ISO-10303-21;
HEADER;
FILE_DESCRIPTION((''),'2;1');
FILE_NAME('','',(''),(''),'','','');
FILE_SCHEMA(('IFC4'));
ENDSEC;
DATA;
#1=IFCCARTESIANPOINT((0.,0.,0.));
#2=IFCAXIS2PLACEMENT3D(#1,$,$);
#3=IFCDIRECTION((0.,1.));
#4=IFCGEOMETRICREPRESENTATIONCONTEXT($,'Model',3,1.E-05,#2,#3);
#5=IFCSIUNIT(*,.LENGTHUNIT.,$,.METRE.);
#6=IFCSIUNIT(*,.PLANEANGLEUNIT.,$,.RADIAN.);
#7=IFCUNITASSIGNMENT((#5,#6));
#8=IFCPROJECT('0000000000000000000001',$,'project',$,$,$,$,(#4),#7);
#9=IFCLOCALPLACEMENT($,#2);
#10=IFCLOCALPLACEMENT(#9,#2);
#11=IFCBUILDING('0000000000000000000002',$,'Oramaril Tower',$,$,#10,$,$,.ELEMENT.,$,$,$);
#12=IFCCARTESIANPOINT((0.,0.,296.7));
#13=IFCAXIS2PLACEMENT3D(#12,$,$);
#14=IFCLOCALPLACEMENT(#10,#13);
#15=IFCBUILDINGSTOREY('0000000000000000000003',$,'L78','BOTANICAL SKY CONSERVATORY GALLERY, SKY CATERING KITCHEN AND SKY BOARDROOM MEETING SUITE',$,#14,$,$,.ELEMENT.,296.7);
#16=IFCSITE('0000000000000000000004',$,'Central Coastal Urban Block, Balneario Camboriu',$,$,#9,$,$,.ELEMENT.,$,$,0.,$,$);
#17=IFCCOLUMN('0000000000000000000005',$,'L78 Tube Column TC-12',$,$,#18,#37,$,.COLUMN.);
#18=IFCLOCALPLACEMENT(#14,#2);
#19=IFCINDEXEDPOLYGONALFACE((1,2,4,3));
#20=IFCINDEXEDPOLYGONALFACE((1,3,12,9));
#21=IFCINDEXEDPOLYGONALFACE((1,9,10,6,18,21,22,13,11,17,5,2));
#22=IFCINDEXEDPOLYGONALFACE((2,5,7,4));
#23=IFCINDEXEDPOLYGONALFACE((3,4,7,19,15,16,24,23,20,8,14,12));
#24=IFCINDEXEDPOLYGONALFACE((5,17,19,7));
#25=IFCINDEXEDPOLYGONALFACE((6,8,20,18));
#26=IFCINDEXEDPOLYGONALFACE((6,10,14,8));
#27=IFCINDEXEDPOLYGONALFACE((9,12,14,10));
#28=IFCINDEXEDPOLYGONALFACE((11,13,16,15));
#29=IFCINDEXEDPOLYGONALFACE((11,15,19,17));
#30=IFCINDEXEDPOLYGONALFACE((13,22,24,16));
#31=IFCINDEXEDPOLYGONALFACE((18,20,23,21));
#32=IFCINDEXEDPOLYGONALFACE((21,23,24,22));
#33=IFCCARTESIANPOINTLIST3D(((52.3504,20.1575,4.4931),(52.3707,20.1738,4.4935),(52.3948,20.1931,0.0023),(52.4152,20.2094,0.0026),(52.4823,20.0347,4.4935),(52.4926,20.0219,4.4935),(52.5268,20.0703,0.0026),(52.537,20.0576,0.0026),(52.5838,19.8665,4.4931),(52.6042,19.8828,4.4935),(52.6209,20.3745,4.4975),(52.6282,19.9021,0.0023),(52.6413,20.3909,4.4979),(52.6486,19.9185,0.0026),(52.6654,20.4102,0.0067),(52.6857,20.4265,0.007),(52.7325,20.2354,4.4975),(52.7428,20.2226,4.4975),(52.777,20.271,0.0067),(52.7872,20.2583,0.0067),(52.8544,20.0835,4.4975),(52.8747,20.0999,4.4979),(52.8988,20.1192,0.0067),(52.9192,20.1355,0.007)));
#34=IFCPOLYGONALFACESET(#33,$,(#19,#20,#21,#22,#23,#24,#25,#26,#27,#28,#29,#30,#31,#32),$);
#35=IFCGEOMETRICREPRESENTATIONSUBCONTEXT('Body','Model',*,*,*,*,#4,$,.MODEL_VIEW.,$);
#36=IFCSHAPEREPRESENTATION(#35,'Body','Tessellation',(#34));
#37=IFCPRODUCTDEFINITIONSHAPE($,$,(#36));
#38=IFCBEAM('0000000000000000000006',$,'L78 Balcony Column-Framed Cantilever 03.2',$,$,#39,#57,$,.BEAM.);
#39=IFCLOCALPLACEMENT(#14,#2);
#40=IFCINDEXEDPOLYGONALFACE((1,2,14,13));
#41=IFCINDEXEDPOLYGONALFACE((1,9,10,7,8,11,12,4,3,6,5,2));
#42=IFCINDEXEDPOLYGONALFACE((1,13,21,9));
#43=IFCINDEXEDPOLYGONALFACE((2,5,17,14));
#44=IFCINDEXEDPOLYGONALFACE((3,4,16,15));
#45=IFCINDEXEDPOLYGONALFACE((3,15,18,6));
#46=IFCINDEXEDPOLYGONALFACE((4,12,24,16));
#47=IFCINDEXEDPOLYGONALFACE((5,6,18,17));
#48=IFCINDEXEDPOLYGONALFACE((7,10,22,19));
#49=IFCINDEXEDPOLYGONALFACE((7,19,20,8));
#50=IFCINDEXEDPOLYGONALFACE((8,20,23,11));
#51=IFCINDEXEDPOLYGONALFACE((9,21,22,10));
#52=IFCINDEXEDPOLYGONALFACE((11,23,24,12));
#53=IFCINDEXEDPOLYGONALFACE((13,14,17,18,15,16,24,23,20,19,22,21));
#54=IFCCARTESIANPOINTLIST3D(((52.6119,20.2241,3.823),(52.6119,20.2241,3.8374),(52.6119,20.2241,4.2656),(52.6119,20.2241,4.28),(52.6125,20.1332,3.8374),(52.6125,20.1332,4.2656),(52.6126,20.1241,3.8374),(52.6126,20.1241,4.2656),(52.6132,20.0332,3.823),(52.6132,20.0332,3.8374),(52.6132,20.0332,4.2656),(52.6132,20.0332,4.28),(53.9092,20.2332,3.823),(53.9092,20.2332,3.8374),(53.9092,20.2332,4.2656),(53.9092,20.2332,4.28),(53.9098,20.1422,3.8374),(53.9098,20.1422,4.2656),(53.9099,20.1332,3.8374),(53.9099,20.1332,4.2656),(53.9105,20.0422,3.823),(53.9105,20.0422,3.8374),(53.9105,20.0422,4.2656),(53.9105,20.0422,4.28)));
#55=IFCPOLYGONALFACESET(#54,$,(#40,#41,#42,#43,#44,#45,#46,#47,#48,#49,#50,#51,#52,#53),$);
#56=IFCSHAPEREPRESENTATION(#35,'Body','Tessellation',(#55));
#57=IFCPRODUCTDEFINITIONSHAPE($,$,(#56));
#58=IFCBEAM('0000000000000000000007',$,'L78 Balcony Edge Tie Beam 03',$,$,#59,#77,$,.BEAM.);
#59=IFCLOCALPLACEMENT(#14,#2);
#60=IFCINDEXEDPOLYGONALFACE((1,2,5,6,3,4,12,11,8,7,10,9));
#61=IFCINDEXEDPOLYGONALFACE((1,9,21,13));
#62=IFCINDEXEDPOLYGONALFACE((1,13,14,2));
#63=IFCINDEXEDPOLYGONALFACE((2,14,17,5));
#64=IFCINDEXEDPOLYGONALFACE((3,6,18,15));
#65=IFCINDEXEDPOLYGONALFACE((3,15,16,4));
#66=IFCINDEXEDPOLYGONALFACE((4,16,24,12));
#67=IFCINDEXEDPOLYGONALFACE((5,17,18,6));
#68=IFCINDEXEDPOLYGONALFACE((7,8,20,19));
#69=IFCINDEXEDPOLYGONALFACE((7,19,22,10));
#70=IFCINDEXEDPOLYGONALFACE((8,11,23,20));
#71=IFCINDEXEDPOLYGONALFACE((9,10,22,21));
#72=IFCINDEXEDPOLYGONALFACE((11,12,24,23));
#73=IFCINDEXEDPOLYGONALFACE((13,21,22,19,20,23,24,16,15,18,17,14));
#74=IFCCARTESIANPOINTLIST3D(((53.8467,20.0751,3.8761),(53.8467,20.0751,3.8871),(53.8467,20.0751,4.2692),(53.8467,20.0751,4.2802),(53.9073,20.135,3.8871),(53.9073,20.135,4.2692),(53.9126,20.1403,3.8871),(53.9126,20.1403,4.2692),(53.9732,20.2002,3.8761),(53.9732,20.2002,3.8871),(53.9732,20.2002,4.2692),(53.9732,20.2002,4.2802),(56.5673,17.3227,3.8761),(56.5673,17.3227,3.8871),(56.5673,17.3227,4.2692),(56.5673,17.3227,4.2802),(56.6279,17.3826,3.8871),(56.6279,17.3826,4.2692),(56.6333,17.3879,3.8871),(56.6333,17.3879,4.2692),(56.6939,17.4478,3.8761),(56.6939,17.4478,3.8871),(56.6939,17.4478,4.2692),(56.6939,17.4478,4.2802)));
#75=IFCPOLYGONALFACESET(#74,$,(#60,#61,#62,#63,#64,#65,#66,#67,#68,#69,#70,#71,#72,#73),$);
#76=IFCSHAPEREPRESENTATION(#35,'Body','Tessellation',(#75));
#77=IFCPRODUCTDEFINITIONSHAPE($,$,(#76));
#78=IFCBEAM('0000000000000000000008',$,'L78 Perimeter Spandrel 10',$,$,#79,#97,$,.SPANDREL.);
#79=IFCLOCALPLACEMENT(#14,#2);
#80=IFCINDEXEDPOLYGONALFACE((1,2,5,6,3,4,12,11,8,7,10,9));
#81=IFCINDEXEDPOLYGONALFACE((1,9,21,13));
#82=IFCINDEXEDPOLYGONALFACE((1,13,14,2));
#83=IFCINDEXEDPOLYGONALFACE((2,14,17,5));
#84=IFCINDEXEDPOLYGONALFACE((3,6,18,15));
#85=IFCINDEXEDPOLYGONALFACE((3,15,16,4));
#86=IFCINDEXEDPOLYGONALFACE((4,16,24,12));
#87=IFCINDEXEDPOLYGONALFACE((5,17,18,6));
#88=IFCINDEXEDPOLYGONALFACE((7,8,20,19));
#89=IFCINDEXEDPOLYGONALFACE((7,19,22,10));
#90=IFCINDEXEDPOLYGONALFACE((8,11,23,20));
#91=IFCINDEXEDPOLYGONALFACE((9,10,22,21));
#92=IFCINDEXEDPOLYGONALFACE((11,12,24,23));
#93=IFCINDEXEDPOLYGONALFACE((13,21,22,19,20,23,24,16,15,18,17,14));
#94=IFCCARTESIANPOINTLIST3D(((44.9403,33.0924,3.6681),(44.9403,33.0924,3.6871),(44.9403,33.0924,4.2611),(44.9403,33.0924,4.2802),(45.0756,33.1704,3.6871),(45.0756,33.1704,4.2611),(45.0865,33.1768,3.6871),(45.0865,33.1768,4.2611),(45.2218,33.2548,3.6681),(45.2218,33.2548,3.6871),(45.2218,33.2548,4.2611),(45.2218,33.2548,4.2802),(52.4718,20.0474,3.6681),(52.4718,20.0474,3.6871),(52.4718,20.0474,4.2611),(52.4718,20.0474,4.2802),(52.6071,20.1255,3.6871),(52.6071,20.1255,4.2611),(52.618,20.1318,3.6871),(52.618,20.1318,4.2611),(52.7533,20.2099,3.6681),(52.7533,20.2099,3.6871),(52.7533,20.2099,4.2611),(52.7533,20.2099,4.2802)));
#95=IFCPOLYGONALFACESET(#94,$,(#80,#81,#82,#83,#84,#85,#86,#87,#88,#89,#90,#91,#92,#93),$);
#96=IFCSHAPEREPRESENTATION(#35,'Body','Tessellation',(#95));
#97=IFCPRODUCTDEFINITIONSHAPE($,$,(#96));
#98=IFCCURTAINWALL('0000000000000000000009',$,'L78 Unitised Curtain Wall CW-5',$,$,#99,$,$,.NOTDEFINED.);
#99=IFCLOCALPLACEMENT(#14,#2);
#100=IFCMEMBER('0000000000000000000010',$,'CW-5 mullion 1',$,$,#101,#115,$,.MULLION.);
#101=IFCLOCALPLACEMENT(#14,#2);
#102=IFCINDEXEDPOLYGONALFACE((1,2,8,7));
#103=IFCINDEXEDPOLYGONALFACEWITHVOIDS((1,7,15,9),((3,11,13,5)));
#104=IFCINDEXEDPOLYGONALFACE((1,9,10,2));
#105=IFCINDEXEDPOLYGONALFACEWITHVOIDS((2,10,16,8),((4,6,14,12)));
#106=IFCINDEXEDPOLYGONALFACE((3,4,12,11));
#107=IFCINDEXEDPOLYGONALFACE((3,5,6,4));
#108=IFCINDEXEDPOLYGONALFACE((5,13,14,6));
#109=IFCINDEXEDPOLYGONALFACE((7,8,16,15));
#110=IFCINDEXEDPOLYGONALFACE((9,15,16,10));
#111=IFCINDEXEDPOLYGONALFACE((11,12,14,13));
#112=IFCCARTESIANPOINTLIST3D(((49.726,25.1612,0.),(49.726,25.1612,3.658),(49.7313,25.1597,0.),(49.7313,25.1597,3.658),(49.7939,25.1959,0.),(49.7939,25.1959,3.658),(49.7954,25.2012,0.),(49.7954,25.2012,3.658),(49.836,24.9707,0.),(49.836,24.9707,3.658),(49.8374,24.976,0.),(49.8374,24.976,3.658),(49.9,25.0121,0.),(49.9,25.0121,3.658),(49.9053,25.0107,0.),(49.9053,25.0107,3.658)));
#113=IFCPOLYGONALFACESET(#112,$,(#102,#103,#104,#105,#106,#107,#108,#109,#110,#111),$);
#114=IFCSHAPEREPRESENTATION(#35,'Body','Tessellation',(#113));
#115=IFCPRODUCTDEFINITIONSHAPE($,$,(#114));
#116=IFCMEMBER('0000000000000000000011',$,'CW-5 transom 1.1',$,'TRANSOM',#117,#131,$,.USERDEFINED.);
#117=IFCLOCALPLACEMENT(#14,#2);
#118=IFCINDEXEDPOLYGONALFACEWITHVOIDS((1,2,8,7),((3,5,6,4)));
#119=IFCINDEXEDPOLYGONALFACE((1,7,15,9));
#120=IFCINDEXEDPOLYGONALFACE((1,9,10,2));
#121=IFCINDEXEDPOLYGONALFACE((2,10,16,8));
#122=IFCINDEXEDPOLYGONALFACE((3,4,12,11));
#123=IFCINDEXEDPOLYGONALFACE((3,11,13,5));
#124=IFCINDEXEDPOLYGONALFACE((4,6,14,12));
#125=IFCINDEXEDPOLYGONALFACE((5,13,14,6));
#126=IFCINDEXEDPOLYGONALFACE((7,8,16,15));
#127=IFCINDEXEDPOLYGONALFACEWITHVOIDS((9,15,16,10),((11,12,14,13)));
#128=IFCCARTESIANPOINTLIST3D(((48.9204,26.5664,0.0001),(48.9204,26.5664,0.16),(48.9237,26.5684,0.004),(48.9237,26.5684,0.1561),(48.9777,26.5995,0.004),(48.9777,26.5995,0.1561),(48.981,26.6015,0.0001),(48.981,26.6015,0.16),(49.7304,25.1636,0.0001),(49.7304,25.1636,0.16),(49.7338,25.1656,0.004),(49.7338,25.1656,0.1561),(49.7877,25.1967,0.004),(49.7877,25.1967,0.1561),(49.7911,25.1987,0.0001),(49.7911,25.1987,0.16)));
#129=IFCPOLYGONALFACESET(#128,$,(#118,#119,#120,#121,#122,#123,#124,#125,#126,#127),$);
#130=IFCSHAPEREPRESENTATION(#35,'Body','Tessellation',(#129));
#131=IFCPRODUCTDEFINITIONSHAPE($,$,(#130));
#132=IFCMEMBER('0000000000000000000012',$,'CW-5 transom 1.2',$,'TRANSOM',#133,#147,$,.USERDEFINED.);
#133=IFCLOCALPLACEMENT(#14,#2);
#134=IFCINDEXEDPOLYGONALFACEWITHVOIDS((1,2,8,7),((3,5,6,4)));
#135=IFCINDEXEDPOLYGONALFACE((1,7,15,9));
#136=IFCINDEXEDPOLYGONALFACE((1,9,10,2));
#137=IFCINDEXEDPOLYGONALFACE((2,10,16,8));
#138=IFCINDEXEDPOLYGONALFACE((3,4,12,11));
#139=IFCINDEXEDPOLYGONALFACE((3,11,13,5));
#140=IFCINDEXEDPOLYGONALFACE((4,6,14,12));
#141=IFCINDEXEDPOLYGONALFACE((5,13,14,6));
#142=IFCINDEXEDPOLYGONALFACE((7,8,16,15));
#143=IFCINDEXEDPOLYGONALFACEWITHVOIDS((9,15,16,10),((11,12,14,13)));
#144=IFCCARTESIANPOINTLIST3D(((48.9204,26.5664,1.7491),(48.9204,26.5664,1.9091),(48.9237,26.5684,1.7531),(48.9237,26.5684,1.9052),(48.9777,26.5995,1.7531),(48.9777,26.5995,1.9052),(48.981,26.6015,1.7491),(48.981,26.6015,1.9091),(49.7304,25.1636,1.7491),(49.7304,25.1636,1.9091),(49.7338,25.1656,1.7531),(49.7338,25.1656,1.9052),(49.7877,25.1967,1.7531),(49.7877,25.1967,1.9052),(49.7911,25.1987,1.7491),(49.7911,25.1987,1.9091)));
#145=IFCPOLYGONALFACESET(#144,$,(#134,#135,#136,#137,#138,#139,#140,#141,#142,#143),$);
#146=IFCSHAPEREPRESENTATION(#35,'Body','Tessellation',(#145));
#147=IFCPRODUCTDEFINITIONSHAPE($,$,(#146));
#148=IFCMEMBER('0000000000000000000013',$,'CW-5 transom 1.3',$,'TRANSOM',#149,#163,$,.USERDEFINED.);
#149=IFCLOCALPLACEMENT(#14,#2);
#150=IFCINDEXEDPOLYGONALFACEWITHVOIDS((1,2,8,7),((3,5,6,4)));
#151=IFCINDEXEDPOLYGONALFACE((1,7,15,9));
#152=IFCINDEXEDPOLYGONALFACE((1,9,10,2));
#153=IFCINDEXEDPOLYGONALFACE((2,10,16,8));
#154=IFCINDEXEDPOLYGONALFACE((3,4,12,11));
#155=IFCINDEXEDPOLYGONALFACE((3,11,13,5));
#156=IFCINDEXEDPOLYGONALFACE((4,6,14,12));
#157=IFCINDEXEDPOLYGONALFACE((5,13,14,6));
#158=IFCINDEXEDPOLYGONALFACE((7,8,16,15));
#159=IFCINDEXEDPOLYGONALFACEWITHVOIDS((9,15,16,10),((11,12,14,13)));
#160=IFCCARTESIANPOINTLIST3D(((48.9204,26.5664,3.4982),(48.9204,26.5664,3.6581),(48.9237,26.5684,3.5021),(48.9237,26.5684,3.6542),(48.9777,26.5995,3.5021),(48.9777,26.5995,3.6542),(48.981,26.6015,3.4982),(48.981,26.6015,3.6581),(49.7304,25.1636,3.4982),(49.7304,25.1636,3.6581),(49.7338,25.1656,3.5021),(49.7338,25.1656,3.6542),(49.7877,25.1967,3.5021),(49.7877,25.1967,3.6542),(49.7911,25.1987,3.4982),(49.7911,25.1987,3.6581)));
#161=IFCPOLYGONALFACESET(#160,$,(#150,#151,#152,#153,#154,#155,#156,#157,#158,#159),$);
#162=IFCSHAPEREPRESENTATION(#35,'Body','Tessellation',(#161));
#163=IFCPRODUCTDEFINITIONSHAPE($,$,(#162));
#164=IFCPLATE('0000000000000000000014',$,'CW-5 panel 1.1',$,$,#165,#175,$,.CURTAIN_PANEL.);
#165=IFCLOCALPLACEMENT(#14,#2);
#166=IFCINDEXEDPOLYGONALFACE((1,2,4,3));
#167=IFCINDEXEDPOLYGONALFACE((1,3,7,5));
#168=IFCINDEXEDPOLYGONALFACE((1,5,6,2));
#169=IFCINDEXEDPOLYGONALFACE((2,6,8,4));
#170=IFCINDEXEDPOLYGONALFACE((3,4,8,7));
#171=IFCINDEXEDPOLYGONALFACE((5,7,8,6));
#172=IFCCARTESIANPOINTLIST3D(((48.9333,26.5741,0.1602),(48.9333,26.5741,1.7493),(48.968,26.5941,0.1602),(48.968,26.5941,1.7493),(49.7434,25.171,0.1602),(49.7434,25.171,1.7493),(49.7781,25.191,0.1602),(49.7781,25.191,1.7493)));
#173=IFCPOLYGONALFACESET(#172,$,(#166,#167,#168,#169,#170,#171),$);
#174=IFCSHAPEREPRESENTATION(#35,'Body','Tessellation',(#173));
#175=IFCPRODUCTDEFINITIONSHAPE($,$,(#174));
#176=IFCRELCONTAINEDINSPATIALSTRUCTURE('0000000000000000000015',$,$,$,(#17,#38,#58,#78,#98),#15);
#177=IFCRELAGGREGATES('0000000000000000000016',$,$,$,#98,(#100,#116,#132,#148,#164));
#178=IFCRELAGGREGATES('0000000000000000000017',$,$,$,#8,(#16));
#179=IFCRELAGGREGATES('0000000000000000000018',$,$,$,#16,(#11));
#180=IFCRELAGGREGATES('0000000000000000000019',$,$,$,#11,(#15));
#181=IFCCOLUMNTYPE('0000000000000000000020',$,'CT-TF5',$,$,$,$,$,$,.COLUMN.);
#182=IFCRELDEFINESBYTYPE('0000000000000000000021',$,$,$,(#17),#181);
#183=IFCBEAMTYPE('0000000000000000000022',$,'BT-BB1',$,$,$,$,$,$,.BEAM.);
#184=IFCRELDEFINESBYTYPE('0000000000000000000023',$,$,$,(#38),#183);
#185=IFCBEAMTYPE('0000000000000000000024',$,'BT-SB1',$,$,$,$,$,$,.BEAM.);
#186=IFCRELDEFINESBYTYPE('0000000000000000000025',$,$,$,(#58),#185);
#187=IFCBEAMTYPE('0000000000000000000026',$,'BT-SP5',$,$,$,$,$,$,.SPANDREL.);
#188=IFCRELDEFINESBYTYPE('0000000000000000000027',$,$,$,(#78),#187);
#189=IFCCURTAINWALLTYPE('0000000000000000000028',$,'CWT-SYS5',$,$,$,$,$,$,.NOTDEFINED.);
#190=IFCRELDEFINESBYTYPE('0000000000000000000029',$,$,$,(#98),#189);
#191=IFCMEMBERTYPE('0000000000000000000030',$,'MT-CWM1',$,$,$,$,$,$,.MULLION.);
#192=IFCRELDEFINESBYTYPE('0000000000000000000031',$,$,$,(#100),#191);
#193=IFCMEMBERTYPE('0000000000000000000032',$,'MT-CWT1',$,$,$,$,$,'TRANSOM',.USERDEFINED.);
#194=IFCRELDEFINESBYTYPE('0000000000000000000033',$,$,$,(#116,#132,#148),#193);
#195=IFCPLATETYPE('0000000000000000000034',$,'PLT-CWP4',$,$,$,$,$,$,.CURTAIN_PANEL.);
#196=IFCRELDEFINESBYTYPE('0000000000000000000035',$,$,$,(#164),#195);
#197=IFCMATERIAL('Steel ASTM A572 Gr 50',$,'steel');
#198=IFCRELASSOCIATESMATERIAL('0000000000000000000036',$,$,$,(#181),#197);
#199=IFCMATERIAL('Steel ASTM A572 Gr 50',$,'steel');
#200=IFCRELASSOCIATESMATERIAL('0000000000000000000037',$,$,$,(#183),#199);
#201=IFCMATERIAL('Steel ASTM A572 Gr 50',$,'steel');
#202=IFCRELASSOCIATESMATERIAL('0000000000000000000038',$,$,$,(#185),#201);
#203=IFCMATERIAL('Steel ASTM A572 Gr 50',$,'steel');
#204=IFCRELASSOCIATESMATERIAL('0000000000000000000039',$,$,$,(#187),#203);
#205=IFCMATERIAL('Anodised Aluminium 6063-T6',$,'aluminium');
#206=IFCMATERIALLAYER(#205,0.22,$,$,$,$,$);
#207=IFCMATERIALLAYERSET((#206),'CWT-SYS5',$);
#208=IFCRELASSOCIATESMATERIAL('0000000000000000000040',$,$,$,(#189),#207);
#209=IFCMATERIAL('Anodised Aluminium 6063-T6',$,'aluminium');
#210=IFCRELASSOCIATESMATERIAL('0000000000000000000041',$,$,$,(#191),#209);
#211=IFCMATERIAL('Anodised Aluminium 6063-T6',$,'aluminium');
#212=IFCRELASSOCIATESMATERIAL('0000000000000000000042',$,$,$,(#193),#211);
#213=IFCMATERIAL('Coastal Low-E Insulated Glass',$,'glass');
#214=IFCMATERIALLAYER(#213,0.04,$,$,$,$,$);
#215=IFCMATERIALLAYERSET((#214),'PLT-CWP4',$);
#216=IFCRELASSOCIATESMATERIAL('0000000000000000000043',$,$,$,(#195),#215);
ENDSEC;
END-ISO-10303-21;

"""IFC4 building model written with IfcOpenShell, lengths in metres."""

from ifc_helpers import new_model, si_unit, direction, frame, origin, origin_2d, place, context, subcontext, project, spatial, rectangle, hollow_rectangle, i_section, extrude, material, layer, layer_set, material_profile, profile_set, type_object, element, aggregate, save


model = new_model("IFC4")

# Units and contexts
model_context = context("Model", 3, precision=1e-05, world=origin(), true_north=direction((0.0, 1.0)))
body_context = subcontext(model_context, "Body", "Model", "MODEL_VIEW")
ifc_project = project(units=[si_unit("LENGTHUNIT", "METRE"), si_unit("PLANEANGLEUNIT", "RADIAN")], contexts=[model_context])

# Site, building, storey
site_placement = place(None, origin())
site = spatial("IfcSite", under=ifc_project, at=site_placement, Name="Central Coastal Urban Block, Balneario Camboriu", CompositionType="ELEMENT", RefElevation=0.0)
building_placement = place(site_placement, origin())
building = spatial("IfcBuilding", under=site, at=building_placement, Name="Oramaril Tower", CompositionType="ELEMENT")
storey_placement = place(building_placement, frame((0.0, 0.0, 296.7)))
storey = spatial("IfcBuildingStorey", under=building, at=storey_placement, Name="L78", Description="BOTANICAL SKY CONSERVATORY GALLERY, SKY CATERING KITCHEN AND SKY BOARDROOM MEETING SUITE", CompositionType="ELEMENT", Elevation=296.7)

# Column
ifc_material_1 = material(Name="Steel ASTM A572 Gr 50", Category="steel")
ifc_material_profile_1 = material_profile(ifc_material_1, i_section(OverallWidth=0.373, OverallDepth=0.373, WebThickness=0.0164, FlangeThickness=0.0261, at=origin_2d()), Name="W14X132")
ifc_profile_set_1 = profile_set([ifc_material_profile_1], Name="Steel ASTM A572 Gr 50")
column_type = type_object("IfcColumnType", Name="CT-TF5", PredefinedType="COLUMN", material=ifc_profile_set_1)
column_placement = place(storey_placement, frame((52.657, 20.1643, 0.0046), z_axis=(-0.009893, -0.007936, 0.99992), x_axis=(0.62574, -0.780032, 0.0)))
element("IfcColumn", 1, at=column_placement, inside=storey, type_object=column_type, Name="L78 Tube Column TC-12", PredefinedType="COLUMN", context=body_context, shape_type="SweptSolid", body=[
    extrude(i_section(OverallWidth=0.373, OverallDepth=0.373, WebThickness=0.0164, FlangeThickness=0.0261, at=origin_2d()), origin(), (0.0, 0.0, 1.0), 4.4912),
])

# Beams
ifc_material_2 = material(Name="Steel ASTM A572 Gr 50", Category="steel")
ifc_material_profile_2 = material_profile(ifc_material_2, i_section(OverallWidth=0.1909, OverallDepth=0.457, WebThickness=0.009, FlangeThickness=0.0144, at=origin_2d()), Name="W18X50")
ifc_profile_set_2 = profile_set([ifc_material_profile_2], Name="Steel ASTM A572 Gr 50")
beam_type_1 = type_object("IfcBeamType", Name="BT-BB1", PredefinedType="BEAM", material=ifc_profile_set_2)
beam_1_placement = place(storey_placement, frame((52.6125, 20.1287, 4.0515), z_axis=(0.999976, 0.006963, 0.0), x_axis=(-0.006963, 0.999976, 0.0)))
element("IfcBeam", 2, at=beam_1_placement, inside=storey, type_object=beam_type_1, Name="L78 Balcony Column-Framed Cantilever 03.2", PredefinedType="BEAM", context=body_context, shape_type="SweptSolid", body=[
    extrude(i_section(OverallWidth=0.1909, OverallDepth=0.457, WebThickness=0.009, FlangeThickness=0.0144, at=origin_2d()), origin(), (0.0, 0.0, 1.0), 1.2974),
])
ifc_material_3 = material(Name="Steel ASTM A572 Gr 50", Category="steel")
ifc_material_profile_3 = material_profile(ifc_material_3, i_section(OverallWidth=0.178, OverallDepth=0.4041, WebThickness=0.0076, FlangeThickness=0.011, at=origin_2d()), Name="W16X36")
ifc_profile_set_3 = profile_set([ifc_material_profile_3], Name="Steel ASTM A572 Gr 50")
beam_type_2 = type_object("IfcBeamType", Name="BT-SB1", PredefinedType="BEAM", material=ifc_profile_set_3)
beam_2_placement = place(storey_placement, frame((56.6306, 17.3853, 4.0781), z_axis=(-0.702995, 0.711195, 0.0), x_axis=(-0.711195, -0.702995, 0.0)))
element("IfcBeam", 3, at=beam_2_placement, inside=storey, type_object=beam_type_2, Name="L78 Balcony Edge Tie Beam 03", PredefinedType="BEAM", context=body_context, shape_type="SweptSolid", body=[
    extrude(i_section(OverallWidth=0.178, OverallDepth=0.4041, WebThickness=0.0076, FlangeThickness=0.011, at=origin_2d()), origin(), (0.0, 0.0, 1.0), 3.8701),
])
ifc_material_4 = material(Name="Steel ASTM A572 Gr 50", Category="steel")
ifc_material_profile_4 = material_profile(ifc_material_4, i_section(OverallWidth=0.325, OverallDepth=0.6121, WebThickness=0.0127, FlangeThickness=0.019, at=origin_2d()), Name="W24X104")
ifc_profile_set_4 = profile_set([ifc_material_profile_4], Name="Steel ASTM A572 Gr 50")
beam_type_3 = type_object("IfcBeamType", Name="BT-SP5", PredefinedType="SPANDREL", material=ifc_profile_set_4)
beam_3_placement = place(storey_placement, frame((52.6125, 20.1287, 3.9741), z_axis=(-0.5, 0.866025, 0.0), x_axis=(-0.866025, -0.5, 0.0)))
element("IfcBeam", 4, at=beam_3_placement, inside=storey, type_object=beam_type_3, Name="L78 Perimeter Spandrel 10", PredefinedType="SPANDREL", context=body_context, shape_type="SweptSolid", body=[
    extrude(i_section(OverallWidth=0.325, OverallDepth=0.6121, WebThickness=0.0127, FlangeThickness=0.019, at=origin_2d()), origin(), (0.0, 0.0, 1.0), 15.063),
])

# Curtain wall, members, plate
ifc_material_5 = material(Name="Anodised Aluminium 6063-T6", Category="aluminium")
ifc_layer_1 = layer(ifc_material_5, 0.22)
ifc_layer_set_1 = layer_set([ifc_layer_1], Name="CWT-SYS5")
curtain_wall_type = type_object("IfcCurtainWallType", Name="CWT-SYS5", PredefinedType="NOTDEFINED", material=ifc_layer_set_1)
curtain_wall_placement = place(storey_placement, origin())
curtain_wall = element("IfcCurtainWall", 5, at=curtain_wall_placement, inside=storey, type_object=curtain_wall_type, Name="L78 Unitised Curtain Wall CW-5", PredefinedType="NOTDEFINED")
ifc_material_6 = material(Name="Anodised Aluminium 6063-T6", Category="aluminium")
ifc_material_profile_5 = material_profile(ifc_material_6, hollow_rectangle(XDim=0.0801, YDim=0.22, WallThickness=0.0039, at=origin_2d()), Name="CWM220X80")
ifc_profile_set_5 = profile_set([ifc_material_profile_5], Name="Anodised Aluminium 6063-T6")
member_type_1 = type_object("IfcMemberType", Name="MT-CWM1", PredefinedType="MULLION", material=ifc_profile_set_5)
member_1_placement = place(storey_placement, frame((49.8157, 25.0859, 0.0), z_axis=(0.0, 0.0, 1.0), x_axis=(-0.866025, -0.5, 0.0)))
member_1 = element("IfcMember", 6, at=member_1_placement, type_object=member_type_1, Name="CW-5 mullion 1", PredefinedType="MULLION", context=body_context, shape_type="SweptSolid", body=[
    extrude(hollow_rectangle(XDim=0.0801, YDim=0.22, WallThickness=0.0039, at=origin_2d()), origin(), (0.0, 0.0, 1.0), 3.658),
])
ifc_material_7 = material(Name="Anodised Aluminium 6063-T6", Category="aluminium")
ifc_material_profile_6 = material_profile(ifc_material_7, hollow_rectangle(XDim=0.0701, YDim=0.1599, WallThickness=0.0039, at=origin_2d()), Name="CWT160X70")
ifc_profile_set_6 = profile_set([ifc_material_profile_6], Name="Anodised Aluminium 6063-T6")
member_type_2 = type_object("IfcMemberType", Name="MT-CWT1", ElementType="TRANSOM", PredefinedType="USERDEFINED", material=ifc_profile_set_6)
member_2_placement = place(storey_placement, frame((49.7607, 25.1812, 0.0801), z_axis=(-0.500062, 0.86599, 0.0), x_axis=(-0.86599, -0.500062, 0.0)))
member_2 = element("IfcMember", 7, at=member_2_placement, type_object=member_type_2, Name="CW-5 transom 1.1", ObjectType="TRANSOM", PredefinedType="USERDEFINED", context=body_context, shape_type="SweptSolid", body=[
    extrude(hollow_rectangle(XDim=0.0701, YDim=0.1599, WallThickness=0.0039, at=origin_2d()), origin(), (0.0, 0.0, 1.0), 1.6199),
])
member_3_placement = place(storey_placement, frame((49.7607, 25.1812, 1.8291), z_axis=(-0.500062, 0.86599, 0.0), x_axis=(-0.86599, -0.500062, 0.0)))
member_3 = element("IfcMember", 8, at=member_3_placement, type_object=member_type_2, Name="CW-5 transom 1.2", ObjectType="TRANSOM", PredefinedType="USERDEFINED", context=body_context, shape_type="SweptSolid", body=[
    extrude(hollow_rectangle(XDim=0.0701, YDim=0.1599, WallThickness=0.0039, at=origin_2d()), origin(), (0.0, 0.0, 1.0), 1.6199),
])
member_4_placement = place(storey_placement, frame((49.7607, 25.1812, 3.5781), z_axis=(-0.500062, 0.86599, 0.0), x_axis=(-0.86599, -0.500062, 0.0)))
member_4 = element("IfcMember", 9, at=member_4_placement, type_object=member_type_2, Name="CW-5 transom 1.3", ObjectType="TRANSOM", PredefinedType="USERDEFINED", context=body_context, shape_type="SweptSolid", body=[
    extrude(hollow_rectangle(XDim=0.0701, YDim=0.1599, WallThickness=0.0039, at=origin_2d()), origin(), (0.0, 0.0, 1.0), 1.6199),
])
ifc_material_8 = material(Name="Coastal Low-E Insulated Glass", Category="glass")
ifc_layer_2 = layer(ifc_material_8, 0.04)
ifc_layer_set_2 = layer_set([ifc_layer_2], Name="PLT-CWP4")
plate_type = type_object("IfcPlateType", Name="PLT-CWP4", PredefinedType="CURTAIN_PANEL", material=ifc_layer_set_2)
plate_1_placement = place(storey_placement, frame((49.3557, 25.8826, 0.1602), z_axis=(0.0, 0.0, 1.0), x_axis=(-0.5, 0.866025, 0.0)))
plate_1 = element("IfcPlate", 10, at=plate_1_placement, type_object=plate_type, Name="CW-5 panel 1.1", PredefinedType="CURTAIN_PANEL", context=body_context, shape_type="SweptSolid", body=[
    extrude(rectangle(XDim=1.6201, YDim=0.04, at=origin_2d()), origin(), (0.0, 0.0, 1.0), 1.5891),
])
aggregate(curtain_wall, [member_1, member_2, member_3, member_4, plate_1])

save(model, "model.ifc")
